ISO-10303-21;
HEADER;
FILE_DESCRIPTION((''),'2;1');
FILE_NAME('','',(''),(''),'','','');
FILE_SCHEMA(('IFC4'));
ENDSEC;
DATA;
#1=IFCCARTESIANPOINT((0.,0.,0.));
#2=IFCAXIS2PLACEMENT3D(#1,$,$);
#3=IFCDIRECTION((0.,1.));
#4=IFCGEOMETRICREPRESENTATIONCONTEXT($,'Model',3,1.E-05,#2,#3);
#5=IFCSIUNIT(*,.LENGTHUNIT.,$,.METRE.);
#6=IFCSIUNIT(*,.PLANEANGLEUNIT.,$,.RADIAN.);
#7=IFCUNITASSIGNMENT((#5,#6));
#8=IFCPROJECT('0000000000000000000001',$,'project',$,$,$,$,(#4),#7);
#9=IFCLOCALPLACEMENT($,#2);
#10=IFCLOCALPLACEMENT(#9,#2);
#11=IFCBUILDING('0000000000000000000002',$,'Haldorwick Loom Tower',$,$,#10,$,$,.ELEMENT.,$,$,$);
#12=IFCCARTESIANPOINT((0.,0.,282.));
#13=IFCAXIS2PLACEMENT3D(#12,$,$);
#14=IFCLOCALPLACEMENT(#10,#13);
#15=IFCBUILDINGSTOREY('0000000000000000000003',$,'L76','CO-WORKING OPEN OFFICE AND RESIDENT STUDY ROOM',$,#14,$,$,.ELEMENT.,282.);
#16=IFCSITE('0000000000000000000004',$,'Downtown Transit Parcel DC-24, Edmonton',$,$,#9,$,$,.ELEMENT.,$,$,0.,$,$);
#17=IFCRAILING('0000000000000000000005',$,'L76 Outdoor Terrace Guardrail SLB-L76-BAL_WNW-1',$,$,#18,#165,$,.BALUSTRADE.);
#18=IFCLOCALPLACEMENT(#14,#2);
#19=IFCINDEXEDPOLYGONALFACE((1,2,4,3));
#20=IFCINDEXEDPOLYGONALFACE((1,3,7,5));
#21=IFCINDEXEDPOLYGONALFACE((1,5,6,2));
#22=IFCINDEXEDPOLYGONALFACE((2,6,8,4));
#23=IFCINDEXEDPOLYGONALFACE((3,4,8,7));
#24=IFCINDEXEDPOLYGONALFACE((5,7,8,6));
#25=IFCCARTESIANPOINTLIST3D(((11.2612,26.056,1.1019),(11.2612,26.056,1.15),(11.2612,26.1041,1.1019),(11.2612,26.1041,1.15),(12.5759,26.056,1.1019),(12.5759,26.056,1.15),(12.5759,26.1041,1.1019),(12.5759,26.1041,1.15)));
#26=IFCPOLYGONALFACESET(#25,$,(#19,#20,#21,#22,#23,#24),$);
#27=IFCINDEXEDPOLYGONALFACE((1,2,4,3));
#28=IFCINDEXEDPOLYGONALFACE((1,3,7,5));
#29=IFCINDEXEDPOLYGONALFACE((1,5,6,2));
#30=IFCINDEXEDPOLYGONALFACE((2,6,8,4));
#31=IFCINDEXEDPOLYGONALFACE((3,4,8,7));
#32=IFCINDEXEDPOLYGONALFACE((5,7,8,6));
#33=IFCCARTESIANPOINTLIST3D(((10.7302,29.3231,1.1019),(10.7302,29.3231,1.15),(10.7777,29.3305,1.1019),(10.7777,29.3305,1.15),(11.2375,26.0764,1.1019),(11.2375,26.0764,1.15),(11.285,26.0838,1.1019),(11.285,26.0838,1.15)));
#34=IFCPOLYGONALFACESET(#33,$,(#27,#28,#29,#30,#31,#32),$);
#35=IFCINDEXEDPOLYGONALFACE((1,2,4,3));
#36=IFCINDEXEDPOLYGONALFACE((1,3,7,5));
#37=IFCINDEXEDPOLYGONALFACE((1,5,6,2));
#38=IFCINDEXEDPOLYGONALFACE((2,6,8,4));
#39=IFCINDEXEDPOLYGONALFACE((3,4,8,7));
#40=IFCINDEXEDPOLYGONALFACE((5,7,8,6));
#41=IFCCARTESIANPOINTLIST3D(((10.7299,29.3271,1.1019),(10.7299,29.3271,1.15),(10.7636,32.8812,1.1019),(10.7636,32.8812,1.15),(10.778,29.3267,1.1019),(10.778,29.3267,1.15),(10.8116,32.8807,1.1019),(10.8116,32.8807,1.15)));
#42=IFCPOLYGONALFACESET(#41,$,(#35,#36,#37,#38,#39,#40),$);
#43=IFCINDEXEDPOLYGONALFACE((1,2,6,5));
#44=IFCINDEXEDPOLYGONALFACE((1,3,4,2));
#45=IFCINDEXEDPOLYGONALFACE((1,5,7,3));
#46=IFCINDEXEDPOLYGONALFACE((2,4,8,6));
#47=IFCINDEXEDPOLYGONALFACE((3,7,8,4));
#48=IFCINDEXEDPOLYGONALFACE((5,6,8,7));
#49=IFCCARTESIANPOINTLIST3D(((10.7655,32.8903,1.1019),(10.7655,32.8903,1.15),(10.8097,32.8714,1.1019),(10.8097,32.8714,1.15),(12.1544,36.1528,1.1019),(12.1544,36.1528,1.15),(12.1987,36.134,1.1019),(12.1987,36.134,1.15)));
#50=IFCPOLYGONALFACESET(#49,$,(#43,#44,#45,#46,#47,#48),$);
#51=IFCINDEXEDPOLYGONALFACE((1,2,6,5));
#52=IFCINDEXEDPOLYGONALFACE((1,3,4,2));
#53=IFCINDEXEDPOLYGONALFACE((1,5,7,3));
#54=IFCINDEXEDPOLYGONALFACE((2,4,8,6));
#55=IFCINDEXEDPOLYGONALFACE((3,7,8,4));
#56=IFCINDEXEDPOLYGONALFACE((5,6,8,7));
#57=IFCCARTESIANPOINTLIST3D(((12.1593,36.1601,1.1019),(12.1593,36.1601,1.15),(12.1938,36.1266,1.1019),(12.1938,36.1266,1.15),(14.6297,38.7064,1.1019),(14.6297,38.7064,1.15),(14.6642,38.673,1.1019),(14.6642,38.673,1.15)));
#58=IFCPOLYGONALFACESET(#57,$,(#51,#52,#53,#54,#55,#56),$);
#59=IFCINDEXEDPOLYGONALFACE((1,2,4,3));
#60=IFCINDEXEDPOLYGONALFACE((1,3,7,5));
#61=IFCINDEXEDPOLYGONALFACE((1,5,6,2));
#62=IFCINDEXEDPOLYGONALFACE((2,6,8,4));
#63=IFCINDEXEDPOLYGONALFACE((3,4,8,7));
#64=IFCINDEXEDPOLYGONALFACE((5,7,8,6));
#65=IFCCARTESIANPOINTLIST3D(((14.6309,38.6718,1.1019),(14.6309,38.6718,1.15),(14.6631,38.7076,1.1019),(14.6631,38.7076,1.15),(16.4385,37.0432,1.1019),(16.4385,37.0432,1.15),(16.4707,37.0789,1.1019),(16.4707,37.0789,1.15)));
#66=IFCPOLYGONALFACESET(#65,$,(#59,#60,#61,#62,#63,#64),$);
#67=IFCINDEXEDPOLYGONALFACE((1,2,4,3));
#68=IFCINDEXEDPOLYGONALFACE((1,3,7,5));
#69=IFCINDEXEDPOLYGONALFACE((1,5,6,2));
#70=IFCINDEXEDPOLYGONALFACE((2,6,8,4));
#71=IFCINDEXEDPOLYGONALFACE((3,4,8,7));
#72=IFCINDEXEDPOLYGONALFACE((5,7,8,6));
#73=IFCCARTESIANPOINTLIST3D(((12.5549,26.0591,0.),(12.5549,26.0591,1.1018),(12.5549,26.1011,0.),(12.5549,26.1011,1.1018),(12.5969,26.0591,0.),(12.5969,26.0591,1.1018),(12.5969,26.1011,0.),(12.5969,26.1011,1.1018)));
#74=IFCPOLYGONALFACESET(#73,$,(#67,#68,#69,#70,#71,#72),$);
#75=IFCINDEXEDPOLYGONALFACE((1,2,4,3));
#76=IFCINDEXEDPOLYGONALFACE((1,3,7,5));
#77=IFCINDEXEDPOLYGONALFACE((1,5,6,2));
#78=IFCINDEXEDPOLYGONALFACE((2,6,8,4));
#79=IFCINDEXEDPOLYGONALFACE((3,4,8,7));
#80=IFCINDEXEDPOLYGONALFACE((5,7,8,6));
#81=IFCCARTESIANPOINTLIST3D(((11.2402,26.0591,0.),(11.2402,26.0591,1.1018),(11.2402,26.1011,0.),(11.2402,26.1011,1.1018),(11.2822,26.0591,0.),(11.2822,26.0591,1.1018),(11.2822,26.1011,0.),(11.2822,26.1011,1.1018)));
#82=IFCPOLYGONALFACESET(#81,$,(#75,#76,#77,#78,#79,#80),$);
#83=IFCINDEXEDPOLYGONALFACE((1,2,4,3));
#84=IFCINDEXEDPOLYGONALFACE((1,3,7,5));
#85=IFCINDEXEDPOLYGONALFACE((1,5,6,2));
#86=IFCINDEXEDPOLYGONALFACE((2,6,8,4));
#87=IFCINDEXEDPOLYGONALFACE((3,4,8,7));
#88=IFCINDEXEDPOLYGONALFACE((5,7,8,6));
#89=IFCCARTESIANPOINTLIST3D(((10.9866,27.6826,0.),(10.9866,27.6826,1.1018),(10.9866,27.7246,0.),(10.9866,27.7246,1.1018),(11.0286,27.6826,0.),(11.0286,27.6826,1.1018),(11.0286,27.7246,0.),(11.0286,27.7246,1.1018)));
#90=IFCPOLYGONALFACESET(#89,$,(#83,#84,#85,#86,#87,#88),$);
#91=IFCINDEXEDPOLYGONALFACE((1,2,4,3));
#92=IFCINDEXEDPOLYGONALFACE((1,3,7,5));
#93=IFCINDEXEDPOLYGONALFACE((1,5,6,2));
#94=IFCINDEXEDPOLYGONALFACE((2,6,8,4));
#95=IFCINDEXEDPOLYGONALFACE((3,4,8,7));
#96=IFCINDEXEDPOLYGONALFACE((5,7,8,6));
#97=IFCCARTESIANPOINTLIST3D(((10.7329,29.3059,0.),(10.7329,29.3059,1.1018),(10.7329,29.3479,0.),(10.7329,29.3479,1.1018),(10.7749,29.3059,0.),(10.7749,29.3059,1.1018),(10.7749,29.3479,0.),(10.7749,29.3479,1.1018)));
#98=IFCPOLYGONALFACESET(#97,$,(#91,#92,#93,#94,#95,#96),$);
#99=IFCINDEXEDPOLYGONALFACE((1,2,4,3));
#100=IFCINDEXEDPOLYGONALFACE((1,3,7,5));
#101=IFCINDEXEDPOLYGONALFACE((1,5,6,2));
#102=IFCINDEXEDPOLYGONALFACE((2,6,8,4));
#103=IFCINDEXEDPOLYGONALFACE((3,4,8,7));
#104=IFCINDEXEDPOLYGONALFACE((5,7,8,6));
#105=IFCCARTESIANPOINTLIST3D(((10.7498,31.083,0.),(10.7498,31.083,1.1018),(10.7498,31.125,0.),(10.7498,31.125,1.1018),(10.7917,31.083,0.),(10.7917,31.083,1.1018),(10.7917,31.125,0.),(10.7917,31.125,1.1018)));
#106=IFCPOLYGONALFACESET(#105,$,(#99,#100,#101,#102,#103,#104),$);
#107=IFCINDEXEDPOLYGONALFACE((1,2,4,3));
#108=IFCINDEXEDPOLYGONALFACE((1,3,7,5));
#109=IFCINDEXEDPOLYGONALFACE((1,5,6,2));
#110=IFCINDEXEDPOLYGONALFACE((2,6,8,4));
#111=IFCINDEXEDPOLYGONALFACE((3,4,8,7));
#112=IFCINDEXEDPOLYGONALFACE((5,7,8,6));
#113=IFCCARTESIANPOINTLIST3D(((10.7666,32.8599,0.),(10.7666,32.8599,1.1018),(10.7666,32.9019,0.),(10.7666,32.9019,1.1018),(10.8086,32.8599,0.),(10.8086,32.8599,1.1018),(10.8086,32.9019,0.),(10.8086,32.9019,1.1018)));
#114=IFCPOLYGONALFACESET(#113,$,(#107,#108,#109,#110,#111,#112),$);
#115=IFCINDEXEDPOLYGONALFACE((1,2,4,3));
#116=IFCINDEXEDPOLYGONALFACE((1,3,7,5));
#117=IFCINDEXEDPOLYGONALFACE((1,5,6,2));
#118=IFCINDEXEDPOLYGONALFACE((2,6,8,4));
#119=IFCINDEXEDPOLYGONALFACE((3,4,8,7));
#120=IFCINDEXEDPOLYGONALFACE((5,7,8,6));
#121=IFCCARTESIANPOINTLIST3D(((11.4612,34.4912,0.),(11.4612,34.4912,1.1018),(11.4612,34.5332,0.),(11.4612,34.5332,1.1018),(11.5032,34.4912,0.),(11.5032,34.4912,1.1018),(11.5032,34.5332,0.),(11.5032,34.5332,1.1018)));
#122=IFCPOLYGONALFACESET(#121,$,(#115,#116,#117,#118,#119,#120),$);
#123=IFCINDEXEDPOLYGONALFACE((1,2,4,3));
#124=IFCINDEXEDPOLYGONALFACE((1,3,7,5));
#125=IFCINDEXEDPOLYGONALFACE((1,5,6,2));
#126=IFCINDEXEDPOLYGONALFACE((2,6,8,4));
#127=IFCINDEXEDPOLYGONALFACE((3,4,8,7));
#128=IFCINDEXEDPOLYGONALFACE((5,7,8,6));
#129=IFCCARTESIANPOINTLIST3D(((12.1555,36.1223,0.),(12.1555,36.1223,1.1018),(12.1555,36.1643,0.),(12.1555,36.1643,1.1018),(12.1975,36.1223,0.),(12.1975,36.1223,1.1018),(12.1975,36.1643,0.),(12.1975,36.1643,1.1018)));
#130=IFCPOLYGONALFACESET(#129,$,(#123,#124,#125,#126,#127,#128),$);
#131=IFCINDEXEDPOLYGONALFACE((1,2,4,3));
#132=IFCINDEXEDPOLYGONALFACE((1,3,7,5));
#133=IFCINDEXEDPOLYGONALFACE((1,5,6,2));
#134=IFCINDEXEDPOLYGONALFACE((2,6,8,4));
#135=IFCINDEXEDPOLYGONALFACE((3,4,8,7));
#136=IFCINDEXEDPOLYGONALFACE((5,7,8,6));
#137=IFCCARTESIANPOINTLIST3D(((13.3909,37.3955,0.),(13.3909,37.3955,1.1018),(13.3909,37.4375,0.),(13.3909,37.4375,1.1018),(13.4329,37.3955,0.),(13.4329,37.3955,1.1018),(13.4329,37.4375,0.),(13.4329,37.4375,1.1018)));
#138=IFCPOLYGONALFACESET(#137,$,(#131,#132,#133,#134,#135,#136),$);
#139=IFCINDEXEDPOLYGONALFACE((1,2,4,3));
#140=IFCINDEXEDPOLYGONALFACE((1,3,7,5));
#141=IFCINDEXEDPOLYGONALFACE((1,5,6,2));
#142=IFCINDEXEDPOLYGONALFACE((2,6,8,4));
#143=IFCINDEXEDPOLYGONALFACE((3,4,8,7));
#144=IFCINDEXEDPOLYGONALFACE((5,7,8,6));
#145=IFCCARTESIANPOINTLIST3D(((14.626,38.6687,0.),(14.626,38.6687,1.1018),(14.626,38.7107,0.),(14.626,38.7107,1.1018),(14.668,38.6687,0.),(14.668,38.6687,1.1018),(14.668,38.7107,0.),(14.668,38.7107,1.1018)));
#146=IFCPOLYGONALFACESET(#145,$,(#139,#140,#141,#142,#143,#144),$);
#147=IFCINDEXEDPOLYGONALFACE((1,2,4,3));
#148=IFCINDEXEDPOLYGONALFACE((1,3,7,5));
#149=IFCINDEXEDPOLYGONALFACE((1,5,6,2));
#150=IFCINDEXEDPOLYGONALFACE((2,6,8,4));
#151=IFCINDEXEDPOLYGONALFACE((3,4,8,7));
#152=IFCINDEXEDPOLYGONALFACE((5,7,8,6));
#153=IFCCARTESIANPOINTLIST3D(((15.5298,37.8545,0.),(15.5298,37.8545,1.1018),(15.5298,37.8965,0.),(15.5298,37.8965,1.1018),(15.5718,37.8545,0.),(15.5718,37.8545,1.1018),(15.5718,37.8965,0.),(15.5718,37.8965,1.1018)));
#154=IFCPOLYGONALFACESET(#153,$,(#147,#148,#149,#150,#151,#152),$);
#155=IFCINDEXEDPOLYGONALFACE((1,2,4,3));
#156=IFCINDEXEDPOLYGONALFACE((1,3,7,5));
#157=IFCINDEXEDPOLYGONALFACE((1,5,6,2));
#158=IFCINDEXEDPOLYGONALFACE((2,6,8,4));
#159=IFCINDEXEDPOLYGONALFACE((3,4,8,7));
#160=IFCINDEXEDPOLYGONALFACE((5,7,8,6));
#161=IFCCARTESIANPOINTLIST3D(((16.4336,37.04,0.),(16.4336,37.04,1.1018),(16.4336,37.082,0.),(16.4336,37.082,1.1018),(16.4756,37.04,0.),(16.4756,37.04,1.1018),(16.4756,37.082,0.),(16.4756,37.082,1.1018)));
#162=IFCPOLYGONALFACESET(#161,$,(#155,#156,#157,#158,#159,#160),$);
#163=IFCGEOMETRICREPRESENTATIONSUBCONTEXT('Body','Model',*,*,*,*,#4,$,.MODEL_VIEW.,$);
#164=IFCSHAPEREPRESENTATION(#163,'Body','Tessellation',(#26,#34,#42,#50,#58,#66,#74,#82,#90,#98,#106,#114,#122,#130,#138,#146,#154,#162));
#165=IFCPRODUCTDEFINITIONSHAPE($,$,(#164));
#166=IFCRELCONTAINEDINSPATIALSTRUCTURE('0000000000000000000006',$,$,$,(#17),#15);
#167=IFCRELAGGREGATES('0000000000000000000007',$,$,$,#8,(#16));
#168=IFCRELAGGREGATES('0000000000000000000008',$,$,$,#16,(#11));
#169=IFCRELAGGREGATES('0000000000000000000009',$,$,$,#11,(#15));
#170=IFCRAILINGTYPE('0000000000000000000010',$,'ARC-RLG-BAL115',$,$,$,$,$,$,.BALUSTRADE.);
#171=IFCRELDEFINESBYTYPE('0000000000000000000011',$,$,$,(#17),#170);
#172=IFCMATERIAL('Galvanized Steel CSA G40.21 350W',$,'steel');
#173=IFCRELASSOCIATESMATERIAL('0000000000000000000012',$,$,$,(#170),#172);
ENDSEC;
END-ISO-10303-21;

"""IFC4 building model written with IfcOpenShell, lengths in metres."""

from ifc_helpers import new_model, si_unit, direction, frame, origin, origin_2d, place, context, subcontext, project, spatial, rectangle, extrude, material, type_object, element, save


model = new_model("IFC4")

# Units and contexts
model_context = context("Model", 3, precision=1e-05, world=origin(), true_north=direction((0.0, 1.0)))
body_context = subcontext(model_context, "Body", "Model", "MODEL_VIEW")
ifc_project = project(units=[si_unit("LENGTHUNIT", "METRE"), si_unit("PLANEANGLEUNIT", "RADIAN")], contexts=[model_context])

# Site, building, storey
site_placement = place(None, origin())
site = spatial("IfcSite", under=ifc_project, at=site_placement, Name="Downtown Transit Parcel DC-24, Edmonton", CompositionType="ELEMENT", RefElevation=0.0)
building_placement = place(site_placement, origin())
building = spatial("IfcBuilding", under=site, at=building_placement, Name="Haldorwick Loom Tower", CompositionType="ELEMENT")
storey_placement = place(building_placement, frame((0.0, 0.0, 282.0)))
storey = spatial("IfcBuildingStorey", under=building, at=storey_placement, Name="L76", Description="CO-WORKING OPEN OFFICE AND RESIDENT STUDY ROOM", CompositionType="ELEMENT", Elevation=282.0)

# Railing
ifc_material_1 = material(Name="Galvanized Steel CSA G40.21 350W", Category="steel")
railing_type = type_object("IfcRailingType", Name="ARC-RLG-BAL115", PredefinedType="BALUSTRADE", material=ifc_material_1)
railing_placement = place(storey_placement, frame((12.5759, 26.0801, 0.0)))
element("IfcRailing", 1, at=railing_placement, inside=storey, type_object=railing_type, Name="L76 Outdoor Terrace Guardrail SLB-L76-BAL_WNW-1", PredefinedType="BALUSTRADE", context=body_context, shape_type="SweptSolid", body=[
    extrude(rectangle(XDim=0.0481, YDim=0.0481, at=origin_2d()), frame((0.0, 0.0, 1.126), z_axis=(-1.0, 0.0, 0.0), x_axis=(0.0, -1.0, 0.0)), (0.0, 0.0, 1.0), 1.3147),
    extrude(rectangle(XDim=0.0481, YDim=0.0481, at=origin_2d()), frame((-1.3147, 0.0, 1.126), z_axis=(-0.154379, 0.988012, 0.0), x_axis=(-0.988012, -0.154379, 0.0)), (0.0, 0.0, 1.0), 3.2861),
    extrude(rectangle(XDim=0.0481, YDim=0.0481, at=origin_2d()), frame((-1.822, 3.2468, 1.126), z_axis=(0.00948, 0.999955, 0.0), x_axis=(-0.999955, 0.00948, 0.0)), (0.0, 0.0, 1.0), 3.5542),
    extrude(rectangle(XDim=0.0481, YDim=0.0481, at=origin_2d()), frame((-1.7883, 6.8008, 1.126), z_axis=(0.391708, 0.92009, 0.0), x_axis=(-0.92009, 0.391708, 0.0)), (0.0, 0.0, 1.0), 3.5459),
    extrude(rectangle(XDim=0.0481, YDim=0.0481, at=origin_2d()), frame((-0.3994, 10.0632, 1.126), z_axis=(0.696325, 0.717726, 0.0), x_axis=(-0.717726, 0.696325, 0.0)), (0.0, 0.0, 1.0), 3.5479),
    extrude(rectangle(XDim=0.0481, YDim=0.0481, at=origin_2d()), frame((2.071, 12.6096, 1.126), z_axis=(0.742925, -0.669375, 0.0), x_axis=(0.669375, 0.742925, 0.0)), (0.0, 0.0, 1.0), 2.4331),
    extrude(rectangle(XDim=0.042, YDim=0.042, at=origin_2d()), origin(), (0.0, 0.0, 1.0), 1.1018),
    extrude(rectangle(XDim=0.042, YDim=0.042, at=origin_2d()), frame((-1.3147, 0.0, 0.0)), (0.0, 0.0, 1.0), 1.1018),
    extrude(rectangle(XDim=0.042, YDim=0.042, at=origin_2d()), frame((-1.5684, 1.6235, 0.0)), (0.0, 0.0, 1.0), 1.1018),
    extrude(rectangle(XDim=0.042, YDim=0.042, at=origin_2d()), frame((-1.822, 3.2468, 0.0)), (0.0, 0.0, 1.0), 1.1018),
    extrude(rectangle(XDim=0.042, YDim=0.042, at=origin_2d()), frame((-1.8052, 5.0239, 0.0)), (0.0, 0.0, 1.0), 1.1018),
    extrude(rectangle(XDim=0.042, YDim=0.042, at=origin_2d()), frame((-1.7883, 6.8008, 0.0)), (0.0, 0.0, 1.0), 1.1018),
    extrude(rectangle(XDim=0.042, YDim=0.042, at=origin_2d()), frame((-1.0938, 8.4321, 0.0)), (0.0, 0.0, 1.0), 1.1018),
    extrude(rectangle(XDim=0.042, YDim=0.042, at=origin_2d()), frame((-0.3994, 10.0632, 0.0)), (0.0, 0.0, 1.0), 1.1018),
    extrude(rectangle(XDim=0.042, YDim=0.042, at=origin_2d()), frame((0.8359, 11.3364, 0.0)), (0.0, 0.0, 1.0), 1.1018),
    extrude(rectangle(XDim=0.042, YDim=0.042, at=origin_2d()), frame((2.071, 12.6096, 0.0)), (0.0, 0.0, 1.0), 1.1018),
    extrude(rectangle(XDim=0.042, YDim=0.042, at=origin_2d()), frame((2.9749, 11.7954, 0.0)), (0.0, 0.0, 1.0), 1.1018),
    extrude(rectangle(XDim=0.042, YDim=0.042, at=origin_2d()), frame((3.8787, 10.981, 0.0)), (0.0, 0.0, 1.0), 1.1018),
])

save(model, "model.ifc")
